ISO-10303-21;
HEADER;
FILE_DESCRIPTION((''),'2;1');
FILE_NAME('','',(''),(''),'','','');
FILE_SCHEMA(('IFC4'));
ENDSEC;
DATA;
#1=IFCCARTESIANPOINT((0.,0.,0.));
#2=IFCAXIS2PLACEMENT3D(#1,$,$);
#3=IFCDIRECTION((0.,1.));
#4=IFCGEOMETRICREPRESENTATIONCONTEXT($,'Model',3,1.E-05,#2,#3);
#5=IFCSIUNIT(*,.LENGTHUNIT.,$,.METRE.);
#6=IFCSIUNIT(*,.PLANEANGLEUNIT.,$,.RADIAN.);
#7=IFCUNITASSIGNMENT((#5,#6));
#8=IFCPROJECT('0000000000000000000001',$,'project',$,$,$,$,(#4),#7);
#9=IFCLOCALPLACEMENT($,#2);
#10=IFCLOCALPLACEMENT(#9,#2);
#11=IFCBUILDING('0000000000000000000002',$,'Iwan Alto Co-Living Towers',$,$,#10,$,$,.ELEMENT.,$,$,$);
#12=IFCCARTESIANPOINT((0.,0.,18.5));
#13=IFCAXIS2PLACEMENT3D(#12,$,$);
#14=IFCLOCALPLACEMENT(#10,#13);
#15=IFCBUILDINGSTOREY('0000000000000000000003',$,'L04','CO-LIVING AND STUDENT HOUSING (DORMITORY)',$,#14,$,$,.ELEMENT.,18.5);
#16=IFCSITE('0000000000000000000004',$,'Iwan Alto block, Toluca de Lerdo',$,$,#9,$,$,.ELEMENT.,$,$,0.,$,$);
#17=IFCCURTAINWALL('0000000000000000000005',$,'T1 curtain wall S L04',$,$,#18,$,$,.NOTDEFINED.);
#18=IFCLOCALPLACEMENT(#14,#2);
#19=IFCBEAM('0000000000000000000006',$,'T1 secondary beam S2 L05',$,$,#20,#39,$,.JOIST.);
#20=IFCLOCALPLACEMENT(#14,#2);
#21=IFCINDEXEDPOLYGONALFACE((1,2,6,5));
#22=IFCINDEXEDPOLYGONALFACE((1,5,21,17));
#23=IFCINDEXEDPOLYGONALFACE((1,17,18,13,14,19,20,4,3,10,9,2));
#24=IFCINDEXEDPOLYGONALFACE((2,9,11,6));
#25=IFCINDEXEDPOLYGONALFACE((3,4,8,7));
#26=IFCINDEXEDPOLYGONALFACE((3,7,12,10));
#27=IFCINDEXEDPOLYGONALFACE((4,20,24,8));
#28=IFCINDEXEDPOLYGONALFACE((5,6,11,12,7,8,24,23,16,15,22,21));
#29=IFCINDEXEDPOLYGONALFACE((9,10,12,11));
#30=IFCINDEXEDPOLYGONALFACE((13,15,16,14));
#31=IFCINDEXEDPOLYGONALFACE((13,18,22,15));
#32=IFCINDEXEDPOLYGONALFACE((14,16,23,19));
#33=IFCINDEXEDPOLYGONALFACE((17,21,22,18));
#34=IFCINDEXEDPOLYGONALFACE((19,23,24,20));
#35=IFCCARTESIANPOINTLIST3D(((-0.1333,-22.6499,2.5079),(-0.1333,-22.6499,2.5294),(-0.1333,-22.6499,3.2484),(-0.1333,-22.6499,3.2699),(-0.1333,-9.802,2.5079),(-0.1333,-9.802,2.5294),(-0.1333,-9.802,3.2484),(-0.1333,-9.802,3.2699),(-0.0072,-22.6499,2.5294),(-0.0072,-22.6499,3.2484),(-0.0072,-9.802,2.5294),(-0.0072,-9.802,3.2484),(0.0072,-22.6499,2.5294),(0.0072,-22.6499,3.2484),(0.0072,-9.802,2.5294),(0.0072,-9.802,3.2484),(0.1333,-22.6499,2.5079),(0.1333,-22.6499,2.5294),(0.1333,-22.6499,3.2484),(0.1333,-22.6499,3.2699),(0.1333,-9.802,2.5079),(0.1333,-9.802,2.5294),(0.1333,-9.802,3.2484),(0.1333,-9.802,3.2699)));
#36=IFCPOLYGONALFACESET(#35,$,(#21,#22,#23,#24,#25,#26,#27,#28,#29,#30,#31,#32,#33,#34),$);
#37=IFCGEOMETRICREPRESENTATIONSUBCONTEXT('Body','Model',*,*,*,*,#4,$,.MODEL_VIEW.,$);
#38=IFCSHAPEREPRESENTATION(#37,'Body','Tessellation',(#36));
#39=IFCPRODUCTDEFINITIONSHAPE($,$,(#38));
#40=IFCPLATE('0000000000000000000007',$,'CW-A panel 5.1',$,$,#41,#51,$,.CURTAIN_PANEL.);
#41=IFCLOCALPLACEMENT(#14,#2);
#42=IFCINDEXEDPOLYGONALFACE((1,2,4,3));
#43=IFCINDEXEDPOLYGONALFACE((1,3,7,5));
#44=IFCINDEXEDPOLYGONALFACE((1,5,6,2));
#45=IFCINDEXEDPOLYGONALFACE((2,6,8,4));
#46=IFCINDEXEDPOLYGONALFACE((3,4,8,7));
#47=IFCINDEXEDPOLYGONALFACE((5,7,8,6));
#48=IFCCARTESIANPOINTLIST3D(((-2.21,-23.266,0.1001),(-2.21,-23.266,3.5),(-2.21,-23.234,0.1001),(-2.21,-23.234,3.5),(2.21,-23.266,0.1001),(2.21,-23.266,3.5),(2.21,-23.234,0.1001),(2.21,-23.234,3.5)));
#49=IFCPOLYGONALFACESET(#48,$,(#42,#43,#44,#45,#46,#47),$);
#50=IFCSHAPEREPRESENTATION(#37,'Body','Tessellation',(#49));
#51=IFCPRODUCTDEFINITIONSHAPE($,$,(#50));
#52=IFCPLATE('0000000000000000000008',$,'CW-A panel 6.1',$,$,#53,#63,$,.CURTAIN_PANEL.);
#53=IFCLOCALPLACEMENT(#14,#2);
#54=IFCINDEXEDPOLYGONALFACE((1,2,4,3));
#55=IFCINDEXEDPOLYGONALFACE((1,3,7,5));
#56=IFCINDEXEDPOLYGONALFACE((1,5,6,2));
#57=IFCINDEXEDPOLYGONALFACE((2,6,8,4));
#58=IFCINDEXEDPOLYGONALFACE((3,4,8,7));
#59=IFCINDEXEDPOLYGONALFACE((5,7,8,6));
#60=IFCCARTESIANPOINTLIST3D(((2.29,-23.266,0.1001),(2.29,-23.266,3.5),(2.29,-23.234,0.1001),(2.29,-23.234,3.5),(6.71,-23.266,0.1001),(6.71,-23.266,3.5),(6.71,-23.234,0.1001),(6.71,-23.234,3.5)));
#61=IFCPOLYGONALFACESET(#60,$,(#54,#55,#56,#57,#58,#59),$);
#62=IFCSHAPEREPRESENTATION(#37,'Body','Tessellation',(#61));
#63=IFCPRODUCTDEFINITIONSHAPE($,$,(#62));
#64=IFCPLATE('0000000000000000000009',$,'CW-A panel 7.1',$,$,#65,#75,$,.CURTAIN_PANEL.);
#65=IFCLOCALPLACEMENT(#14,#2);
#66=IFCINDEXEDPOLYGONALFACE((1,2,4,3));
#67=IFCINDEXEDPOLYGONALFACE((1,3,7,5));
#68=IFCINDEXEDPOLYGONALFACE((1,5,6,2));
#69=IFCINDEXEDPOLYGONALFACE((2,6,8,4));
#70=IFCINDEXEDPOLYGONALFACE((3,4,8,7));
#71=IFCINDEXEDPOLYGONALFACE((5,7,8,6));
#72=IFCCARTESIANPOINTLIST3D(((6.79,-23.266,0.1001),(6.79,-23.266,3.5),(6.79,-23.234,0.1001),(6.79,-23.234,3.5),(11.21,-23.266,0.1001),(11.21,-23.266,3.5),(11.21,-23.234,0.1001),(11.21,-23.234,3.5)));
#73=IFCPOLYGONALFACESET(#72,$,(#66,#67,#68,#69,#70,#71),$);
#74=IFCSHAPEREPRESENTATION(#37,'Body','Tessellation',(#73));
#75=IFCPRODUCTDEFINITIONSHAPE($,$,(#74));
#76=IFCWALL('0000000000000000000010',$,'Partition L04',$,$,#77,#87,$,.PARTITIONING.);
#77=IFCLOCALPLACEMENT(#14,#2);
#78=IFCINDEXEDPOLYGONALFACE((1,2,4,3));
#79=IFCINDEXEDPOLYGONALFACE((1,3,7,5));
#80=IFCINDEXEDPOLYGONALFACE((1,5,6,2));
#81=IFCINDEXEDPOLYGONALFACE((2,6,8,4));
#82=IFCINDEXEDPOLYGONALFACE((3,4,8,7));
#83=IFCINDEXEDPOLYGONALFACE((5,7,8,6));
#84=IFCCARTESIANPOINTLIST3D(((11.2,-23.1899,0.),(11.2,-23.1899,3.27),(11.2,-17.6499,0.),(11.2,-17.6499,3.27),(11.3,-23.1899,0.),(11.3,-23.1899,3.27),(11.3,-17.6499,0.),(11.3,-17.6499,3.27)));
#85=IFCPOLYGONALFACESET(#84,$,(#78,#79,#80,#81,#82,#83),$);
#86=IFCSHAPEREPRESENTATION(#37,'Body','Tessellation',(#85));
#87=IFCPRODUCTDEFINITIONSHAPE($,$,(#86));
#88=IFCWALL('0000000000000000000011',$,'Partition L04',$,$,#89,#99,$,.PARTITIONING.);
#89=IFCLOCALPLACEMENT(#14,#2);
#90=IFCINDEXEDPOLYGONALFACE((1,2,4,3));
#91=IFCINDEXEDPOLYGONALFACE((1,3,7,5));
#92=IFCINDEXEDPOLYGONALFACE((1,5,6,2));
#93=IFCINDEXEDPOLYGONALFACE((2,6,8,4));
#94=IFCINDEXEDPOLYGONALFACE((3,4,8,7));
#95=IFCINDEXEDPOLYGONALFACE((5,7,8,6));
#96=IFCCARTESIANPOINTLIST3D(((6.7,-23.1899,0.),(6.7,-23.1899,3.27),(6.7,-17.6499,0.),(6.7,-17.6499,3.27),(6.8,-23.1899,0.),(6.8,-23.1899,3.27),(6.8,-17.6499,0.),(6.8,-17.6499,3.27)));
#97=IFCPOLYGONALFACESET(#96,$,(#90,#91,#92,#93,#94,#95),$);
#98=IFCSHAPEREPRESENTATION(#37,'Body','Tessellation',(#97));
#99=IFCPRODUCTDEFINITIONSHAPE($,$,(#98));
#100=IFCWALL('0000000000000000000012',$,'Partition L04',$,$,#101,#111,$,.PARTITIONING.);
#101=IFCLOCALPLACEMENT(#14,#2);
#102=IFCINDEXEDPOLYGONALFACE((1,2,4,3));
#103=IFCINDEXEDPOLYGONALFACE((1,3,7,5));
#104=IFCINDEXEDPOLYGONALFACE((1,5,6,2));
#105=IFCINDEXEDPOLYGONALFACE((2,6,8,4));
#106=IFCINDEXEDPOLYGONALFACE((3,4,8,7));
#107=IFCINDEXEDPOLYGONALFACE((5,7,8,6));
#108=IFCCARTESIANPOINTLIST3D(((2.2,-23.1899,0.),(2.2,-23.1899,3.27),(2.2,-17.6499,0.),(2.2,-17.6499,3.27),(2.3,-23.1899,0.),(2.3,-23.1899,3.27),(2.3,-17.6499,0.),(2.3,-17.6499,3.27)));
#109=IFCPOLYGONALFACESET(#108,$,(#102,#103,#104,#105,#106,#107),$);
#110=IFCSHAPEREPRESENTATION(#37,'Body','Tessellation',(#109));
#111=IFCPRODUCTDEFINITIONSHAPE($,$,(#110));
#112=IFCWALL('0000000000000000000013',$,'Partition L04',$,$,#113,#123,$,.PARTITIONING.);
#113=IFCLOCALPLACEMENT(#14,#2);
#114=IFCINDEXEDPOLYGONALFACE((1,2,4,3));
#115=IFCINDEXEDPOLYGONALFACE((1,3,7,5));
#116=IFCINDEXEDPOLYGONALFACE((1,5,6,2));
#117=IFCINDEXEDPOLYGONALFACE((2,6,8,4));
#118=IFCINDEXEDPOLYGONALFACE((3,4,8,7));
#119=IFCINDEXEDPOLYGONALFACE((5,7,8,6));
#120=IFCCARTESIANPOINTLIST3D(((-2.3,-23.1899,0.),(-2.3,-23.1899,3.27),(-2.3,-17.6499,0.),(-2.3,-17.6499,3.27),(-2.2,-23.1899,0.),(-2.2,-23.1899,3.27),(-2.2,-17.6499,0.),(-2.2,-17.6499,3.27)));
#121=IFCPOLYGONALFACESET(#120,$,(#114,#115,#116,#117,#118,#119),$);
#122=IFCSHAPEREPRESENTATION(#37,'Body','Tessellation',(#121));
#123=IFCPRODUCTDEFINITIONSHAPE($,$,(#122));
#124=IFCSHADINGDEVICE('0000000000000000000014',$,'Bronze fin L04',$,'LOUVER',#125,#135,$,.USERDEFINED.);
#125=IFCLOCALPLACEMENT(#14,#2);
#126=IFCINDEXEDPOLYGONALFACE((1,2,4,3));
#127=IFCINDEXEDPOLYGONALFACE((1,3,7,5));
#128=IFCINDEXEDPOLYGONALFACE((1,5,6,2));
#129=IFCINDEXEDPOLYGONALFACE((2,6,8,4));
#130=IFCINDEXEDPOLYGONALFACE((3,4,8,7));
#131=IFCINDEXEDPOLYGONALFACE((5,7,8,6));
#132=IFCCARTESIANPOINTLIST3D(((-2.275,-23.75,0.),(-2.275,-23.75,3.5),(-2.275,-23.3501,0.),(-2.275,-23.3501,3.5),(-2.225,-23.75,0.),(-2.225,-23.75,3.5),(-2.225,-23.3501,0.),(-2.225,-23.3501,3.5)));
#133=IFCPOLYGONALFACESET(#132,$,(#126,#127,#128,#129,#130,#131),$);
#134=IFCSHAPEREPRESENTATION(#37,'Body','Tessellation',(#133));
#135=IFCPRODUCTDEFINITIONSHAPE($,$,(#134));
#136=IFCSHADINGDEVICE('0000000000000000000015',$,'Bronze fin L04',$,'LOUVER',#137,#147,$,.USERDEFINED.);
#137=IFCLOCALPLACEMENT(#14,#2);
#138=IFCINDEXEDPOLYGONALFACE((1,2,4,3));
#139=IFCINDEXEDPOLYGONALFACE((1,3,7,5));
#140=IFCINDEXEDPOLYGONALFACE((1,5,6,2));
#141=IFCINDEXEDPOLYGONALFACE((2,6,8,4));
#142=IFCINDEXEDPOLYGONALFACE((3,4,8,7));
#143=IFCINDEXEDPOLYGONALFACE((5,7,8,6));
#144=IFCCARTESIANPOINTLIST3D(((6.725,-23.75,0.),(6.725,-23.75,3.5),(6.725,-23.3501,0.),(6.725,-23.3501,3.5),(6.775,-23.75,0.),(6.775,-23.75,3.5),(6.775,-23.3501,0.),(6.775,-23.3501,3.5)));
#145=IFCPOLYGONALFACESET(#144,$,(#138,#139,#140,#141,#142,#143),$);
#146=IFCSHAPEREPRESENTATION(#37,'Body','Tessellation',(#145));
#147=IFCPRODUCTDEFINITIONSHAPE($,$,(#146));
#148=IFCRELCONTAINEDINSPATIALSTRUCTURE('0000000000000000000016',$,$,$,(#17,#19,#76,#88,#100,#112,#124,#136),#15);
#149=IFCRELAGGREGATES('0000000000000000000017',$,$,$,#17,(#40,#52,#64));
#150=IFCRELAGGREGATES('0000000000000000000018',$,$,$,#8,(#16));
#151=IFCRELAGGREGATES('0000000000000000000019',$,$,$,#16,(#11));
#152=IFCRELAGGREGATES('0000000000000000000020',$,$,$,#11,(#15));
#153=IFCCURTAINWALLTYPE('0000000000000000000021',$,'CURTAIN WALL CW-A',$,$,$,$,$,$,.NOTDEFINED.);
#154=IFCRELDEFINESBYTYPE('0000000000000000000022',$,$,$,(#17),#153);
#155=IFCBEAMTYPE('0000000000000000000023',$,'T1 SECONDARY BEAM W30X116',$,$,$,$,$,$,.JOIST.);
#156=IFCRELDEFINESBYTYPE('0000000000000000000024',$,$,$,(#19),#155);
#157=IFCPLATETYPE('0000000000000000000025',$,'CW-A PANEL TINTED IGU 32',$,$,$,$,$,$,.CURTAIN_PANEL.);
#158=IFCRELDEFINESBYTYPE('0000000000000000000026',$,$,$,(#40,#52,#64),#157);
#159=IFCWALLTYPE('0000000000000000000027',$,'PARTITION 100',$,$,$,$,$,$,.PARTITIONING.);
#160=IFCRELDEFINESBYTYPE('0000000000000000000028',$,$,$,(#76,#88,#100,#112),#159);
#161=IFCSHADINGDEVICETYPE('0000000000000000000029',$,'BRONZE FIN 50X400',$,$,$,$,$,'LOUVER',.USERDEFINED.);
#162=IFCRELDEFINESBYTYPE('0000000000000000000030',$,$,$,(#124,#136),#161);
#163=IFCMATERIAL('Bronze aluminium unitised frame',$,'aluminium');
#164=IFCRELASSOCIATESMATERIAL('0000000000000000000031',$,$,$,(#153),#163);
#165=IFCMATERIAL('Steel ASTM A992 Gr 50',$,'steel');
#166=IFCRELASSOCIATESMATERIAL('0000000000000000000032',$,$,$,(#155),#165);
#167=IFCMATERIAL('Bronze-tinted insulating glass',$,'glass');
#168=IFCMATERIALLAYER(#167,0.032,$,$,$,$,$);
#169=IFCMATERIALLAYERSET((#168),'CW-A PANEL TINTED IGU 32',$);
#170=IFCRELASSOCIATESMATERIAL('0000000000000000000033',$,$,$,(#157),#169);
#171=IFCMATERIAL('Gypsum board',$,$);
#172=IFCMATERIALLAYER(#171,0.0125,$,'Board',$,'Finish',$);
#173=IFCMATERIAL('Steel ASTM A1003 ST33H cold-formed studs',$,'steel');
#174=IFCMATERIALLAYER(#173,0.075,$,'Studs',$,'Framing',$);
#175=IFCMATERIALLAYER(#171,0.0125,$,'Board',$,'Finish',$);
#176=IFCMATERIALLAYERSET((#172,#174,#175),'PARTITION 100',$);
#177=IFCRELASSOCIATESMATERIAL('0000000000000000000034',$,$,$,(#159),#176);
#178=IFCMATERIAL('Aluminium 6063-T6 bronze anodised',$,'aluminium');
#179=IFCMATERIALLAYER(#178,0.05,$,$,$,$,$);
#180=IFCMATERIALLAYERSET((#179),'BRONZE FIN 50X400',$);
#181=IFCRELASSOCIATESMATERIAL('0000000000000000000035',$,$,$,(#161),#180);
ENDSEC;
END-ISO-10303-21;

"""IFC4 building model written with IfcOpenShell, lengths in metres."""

from ifc_helpers import new_model, si_unit, direction, frame, frame_2d, origin, origin_2d, place, context, subcontext, project, spatial, rectangle, i_section, extrude, material, layer, layer_set, material_profile, profile_set, type_object, element, aggregate, save


model = new_model("IFC4")

# Units and contexts
model_context = context("Model", 3, precision=1e-05, world=origin(), true_north=direction((0.0, 1.0)))
body_context = subcontext(model_context, "Body", "Model", "MODEL_VIEW")
ifc_project = project(units=[si_unit("LENGTHUNIT", "METRE"), si_unit("PLANEANGLEUNIT", "RADIAN")], contexts=[model_context])

# Site, building, storey
site_placement = place(None, origin())
site = spatial("IfcSite", under=ifc_project, at=site_placement, Name="Iwan Alto block, Toluca de Lerdo", CompositionType="ELEMENT", RefElevation=0.0)
building_placement = place(site_placement, origin())
building = spatial("IfcBuilding", under=site, at=building_placement, Name="Iwan Alto Co-Living Towers", CompositionType="ELEMENT")
storey_placement = place(building_placement, frame((0.0, 0.0, 18.5)))
storey = spatial("IfcBuildingStorey", under=building, at=storey_placement, Name="L04", Description="CO-LIVING AND STUDENT HOUSING (DORMITORY)", CompositionType="ELEMENT", Elevation=18.5)

# Curtain wall
ifc_material_1 = material(Name="Bronze aluminium unitised frame", Category="aluminium")
curtain_wall_type = type_object("IfcCurtainWallType", Name="CURTAIN WALL CW-A", PredefinedType="NOTDEFINED", material=ifc_material_1)
curtain_wall_placement = place(storey_placement, origin())
curtain_wall = element("IfcCurtainWall", 1, at=curtain_wall_placement, inside=storey, type_object=curtain_wall_type, Name="T1 curtain wall S L04", PredefinedType="NOTDEFINED")

# Beam
ifc_material_2 = material(Name="Steel ASTM A992 Gr 50", Category="steel")
ifc_material_profile_1 = material_profile(ifc_material_2, i_section(OverallWidth=0.2666, OverallDepth=0.762, WebThickness=0.0144, FlangeThickness=0.0215, at=origin_2d()), Name="W30X116")
ifc_profile_set_1 = profile_set([ifc_material_profile_1], Name="Steel ASTM A992 Gr 50")
beam_type_1 = type_object("IfcBeamType", Name="T1 SECONDARY BEAM W30X116", PredefinedType="JOIST", material=ifc_profile_set_1)
beam_1_placement = place(storey_placement, frame((0.0, -22.6499, 2.8889), z_axis=(0.0, 1.0, 0.0), x_axis=(-1.0, 0.0, 0.0)))
element("IfcBeam", 2, at=beam_1_placement, inside=storey, type_object=beam_type_1, Name="T1 secondary beam S2 L05", PredefinedType="JOIST", context=body_context, shape_type="SweptSolid", body=[
    extrude(i_section(OverallWidth=0.2666, OverallDepth=0.762, WebThickness=0.0144, FlangeThickness=0.0215, at=origin_2d()), origin(), (0.0, 0.0, 1.0), 12.8479),
])

# Plates
ifc_material_3 = material(Name="Bronze-tinted insulating glass", Category="glass")
ifc_layer_1 = layer(ifc_material_3, 0.032)
ifc_layer_set_1 = layer_set([ifc_layer_1], Name="CW-A PANEL TINTED IGU 32")
plate_type = type_object("IfcPlateType", Name="CW-A PANEL TINTED IGU 32", PredefinedType="CURTAIN_PANEL", material=ifc_layer_set_1)
plate_1_placement = place(storey_placement, frame((0.0, -23.25, 0.1001), z_axis=(0.0, 0.0, 1.0), x_axis=(1.0, 0.0, 0.0)))
plate_1 = element("IfcPlate", 3, at=plate_1_placement, type_object=plate_type, Name="CW-A panel 5.1", PredefinedType="CURTAIN_PANEL", context=body_context, shape_type="SweptSolid", body=[
    extrude(rectangle(XDim=4.4199, YDim=0.032, at=origin_2d()), origin(), (0.0, 0.0, 1.0), 3.3999),
])
plate_2_placement = place(storey_placement, frame((4.5, -23.25, 0.1001), z_axis=(0.0, 0.0, 1.0), x_axis=(1.0, 0.0, 0.0)))
plate_2 = element("IfcPlate", 4, at=plate_2_placement, type_object=plate_type, Name="CW-A panel 6.1", PredefinedType="CURTAIN_PANEL", context=body_context, shape_type="SweptSolid", body=[
    extrude(rectangle(XDim=4.4199, YDim=0.032, at=origin_2d()), origin(), (0.0, 0.0, 1.0), 3.3999),
])
plate_3_placement = place(storey_placement, frame((9.0, -23.25, 0.1001), z_axis=(0.0, 0.0, 1.0), x_axis=(1.0, 0.0, 0.0)))
plate_3 = element("IfcPlate", 5, at=plate_3_placement, type_object=plate_type, Name="CW-A panel 7.1", PredefinedType="CURTAIN_PANEL", context=body_context, shape_type="SweptSolid", body=[
    extrude(rectangle(XDim=4.4199, YDim=0.032, at=origin_2d()), origin(), (0.0, 0.0, 1.0), 3.3999),
])
aggregate(curtain_wall, [plate_1, plate_2, plate_3])

# Walls
ifc_material_4 = material(Name="Gypsum board")
ifc_layer_2 = layer(ifc_material_4, 0.0125, Name="Board", Category="Finish")
ifc_material_5 = material(Name="Steel ASTM A1003 ST33H cold-formed studs", Category="steel")
ifc_layer_3 = layer(ifc_material_5, 0.075, Name="Studs", Category="Framing")
ifc_layer_4 = layer(ifc_material_4, 0.0125, Name="Board", Category="Finish")
ifc_layer_set_2 = layer_set([ifc_layer_2, ifc_layer_3, ifc_layer_4], Name="PARTITION 100")
wall_type = type_object("IfcWallType", Name="PARTITION 100", PredefinedType="PARTITIONING", material=ifc_layer_set_2)
for number, where, z_axis, x_axis, name in (
    (6, (11.25, -23.1899, 0.0), (0.0, 0.0, 1.0), (0.0, 1.0, 0.0), "Partition L04"),
    (7, (6.75, -23.1899, 0.0), (0.0, 0.0, 1.0), (0.0, 1.0, 0.0), "Partition L04"),
    (8, (2.25, -23.1899, 0.0), (0.0, 0.0, 1.0), (0.0, 1.0, 0.0), "Partition L04"),
    (9, (-2.25, -23.1899, 0.0), (0.0, 0.0, 1.0), (0.0, 1.0, 0.0), "Partition L04"),
):
    element("IfcWall", number, at=place(storey_placement, frame(where, z_axis=z_axis, x_axis=x_axis)), inside=storey, type_object=wall_type, Name=name, PredefinedType="PARTITIONING", context=body_context, shape_type="SweptSolid", body=[
        extrude(rectangle(XDim=5.54, YDim=0.1001, at=frame_2d((2.77, 0.0))), origin(), (0.0, 0.0, 1.0), 3.27),
    ])

# Shading devices
ifc_material_6 = material(Name="Aluminium 6063-T6 bronze anodised", Category="aluminium")
ifc_layer_5 = layer(ifc_material_6, 0.05)
ifc_layer_set_3 = layer_set([ifc_layer_5], Name="BRONZE FIN 50X400")
shading_device_type = type_object("IfcShadingDeviceType", Name="BRONZE FIN 50X400", ElementType="LOUVER", PredefinedType="USERDEFINED", material=ifc_layer_set_3)
for number, where, z_axis, x_axis, name in (
    (10, (-2.25, -23.55, 0.0), (0.0, 0.0, 1.0), (1.0, 0.0, 0.0), "Bronze fin L04"),
    (11, (6.75, -23.55, 0.0), (0.0, 0.0, 1.0), (1.0, 0.0, 0.0), "Bronze fin L04"),
):
    element("IfcShadingDevice", number, at=place(storey_placement, frame(where, z_axis=z_axis, x_axis=x_axis)), inside=storey, type_object=shading_device_type, Name=name, ObjectType="LOUVER", PredefinedType="USERDEFINED", context=body_context, shape_type="SweptSolid", body=[
        extrude(rectangle(XDim=0.05, YDim=0.3999, at=origin_2d()), origin(), (0.0, 0.0, 1.0), 3.5),
    ])

save(model, "model.ifc")
